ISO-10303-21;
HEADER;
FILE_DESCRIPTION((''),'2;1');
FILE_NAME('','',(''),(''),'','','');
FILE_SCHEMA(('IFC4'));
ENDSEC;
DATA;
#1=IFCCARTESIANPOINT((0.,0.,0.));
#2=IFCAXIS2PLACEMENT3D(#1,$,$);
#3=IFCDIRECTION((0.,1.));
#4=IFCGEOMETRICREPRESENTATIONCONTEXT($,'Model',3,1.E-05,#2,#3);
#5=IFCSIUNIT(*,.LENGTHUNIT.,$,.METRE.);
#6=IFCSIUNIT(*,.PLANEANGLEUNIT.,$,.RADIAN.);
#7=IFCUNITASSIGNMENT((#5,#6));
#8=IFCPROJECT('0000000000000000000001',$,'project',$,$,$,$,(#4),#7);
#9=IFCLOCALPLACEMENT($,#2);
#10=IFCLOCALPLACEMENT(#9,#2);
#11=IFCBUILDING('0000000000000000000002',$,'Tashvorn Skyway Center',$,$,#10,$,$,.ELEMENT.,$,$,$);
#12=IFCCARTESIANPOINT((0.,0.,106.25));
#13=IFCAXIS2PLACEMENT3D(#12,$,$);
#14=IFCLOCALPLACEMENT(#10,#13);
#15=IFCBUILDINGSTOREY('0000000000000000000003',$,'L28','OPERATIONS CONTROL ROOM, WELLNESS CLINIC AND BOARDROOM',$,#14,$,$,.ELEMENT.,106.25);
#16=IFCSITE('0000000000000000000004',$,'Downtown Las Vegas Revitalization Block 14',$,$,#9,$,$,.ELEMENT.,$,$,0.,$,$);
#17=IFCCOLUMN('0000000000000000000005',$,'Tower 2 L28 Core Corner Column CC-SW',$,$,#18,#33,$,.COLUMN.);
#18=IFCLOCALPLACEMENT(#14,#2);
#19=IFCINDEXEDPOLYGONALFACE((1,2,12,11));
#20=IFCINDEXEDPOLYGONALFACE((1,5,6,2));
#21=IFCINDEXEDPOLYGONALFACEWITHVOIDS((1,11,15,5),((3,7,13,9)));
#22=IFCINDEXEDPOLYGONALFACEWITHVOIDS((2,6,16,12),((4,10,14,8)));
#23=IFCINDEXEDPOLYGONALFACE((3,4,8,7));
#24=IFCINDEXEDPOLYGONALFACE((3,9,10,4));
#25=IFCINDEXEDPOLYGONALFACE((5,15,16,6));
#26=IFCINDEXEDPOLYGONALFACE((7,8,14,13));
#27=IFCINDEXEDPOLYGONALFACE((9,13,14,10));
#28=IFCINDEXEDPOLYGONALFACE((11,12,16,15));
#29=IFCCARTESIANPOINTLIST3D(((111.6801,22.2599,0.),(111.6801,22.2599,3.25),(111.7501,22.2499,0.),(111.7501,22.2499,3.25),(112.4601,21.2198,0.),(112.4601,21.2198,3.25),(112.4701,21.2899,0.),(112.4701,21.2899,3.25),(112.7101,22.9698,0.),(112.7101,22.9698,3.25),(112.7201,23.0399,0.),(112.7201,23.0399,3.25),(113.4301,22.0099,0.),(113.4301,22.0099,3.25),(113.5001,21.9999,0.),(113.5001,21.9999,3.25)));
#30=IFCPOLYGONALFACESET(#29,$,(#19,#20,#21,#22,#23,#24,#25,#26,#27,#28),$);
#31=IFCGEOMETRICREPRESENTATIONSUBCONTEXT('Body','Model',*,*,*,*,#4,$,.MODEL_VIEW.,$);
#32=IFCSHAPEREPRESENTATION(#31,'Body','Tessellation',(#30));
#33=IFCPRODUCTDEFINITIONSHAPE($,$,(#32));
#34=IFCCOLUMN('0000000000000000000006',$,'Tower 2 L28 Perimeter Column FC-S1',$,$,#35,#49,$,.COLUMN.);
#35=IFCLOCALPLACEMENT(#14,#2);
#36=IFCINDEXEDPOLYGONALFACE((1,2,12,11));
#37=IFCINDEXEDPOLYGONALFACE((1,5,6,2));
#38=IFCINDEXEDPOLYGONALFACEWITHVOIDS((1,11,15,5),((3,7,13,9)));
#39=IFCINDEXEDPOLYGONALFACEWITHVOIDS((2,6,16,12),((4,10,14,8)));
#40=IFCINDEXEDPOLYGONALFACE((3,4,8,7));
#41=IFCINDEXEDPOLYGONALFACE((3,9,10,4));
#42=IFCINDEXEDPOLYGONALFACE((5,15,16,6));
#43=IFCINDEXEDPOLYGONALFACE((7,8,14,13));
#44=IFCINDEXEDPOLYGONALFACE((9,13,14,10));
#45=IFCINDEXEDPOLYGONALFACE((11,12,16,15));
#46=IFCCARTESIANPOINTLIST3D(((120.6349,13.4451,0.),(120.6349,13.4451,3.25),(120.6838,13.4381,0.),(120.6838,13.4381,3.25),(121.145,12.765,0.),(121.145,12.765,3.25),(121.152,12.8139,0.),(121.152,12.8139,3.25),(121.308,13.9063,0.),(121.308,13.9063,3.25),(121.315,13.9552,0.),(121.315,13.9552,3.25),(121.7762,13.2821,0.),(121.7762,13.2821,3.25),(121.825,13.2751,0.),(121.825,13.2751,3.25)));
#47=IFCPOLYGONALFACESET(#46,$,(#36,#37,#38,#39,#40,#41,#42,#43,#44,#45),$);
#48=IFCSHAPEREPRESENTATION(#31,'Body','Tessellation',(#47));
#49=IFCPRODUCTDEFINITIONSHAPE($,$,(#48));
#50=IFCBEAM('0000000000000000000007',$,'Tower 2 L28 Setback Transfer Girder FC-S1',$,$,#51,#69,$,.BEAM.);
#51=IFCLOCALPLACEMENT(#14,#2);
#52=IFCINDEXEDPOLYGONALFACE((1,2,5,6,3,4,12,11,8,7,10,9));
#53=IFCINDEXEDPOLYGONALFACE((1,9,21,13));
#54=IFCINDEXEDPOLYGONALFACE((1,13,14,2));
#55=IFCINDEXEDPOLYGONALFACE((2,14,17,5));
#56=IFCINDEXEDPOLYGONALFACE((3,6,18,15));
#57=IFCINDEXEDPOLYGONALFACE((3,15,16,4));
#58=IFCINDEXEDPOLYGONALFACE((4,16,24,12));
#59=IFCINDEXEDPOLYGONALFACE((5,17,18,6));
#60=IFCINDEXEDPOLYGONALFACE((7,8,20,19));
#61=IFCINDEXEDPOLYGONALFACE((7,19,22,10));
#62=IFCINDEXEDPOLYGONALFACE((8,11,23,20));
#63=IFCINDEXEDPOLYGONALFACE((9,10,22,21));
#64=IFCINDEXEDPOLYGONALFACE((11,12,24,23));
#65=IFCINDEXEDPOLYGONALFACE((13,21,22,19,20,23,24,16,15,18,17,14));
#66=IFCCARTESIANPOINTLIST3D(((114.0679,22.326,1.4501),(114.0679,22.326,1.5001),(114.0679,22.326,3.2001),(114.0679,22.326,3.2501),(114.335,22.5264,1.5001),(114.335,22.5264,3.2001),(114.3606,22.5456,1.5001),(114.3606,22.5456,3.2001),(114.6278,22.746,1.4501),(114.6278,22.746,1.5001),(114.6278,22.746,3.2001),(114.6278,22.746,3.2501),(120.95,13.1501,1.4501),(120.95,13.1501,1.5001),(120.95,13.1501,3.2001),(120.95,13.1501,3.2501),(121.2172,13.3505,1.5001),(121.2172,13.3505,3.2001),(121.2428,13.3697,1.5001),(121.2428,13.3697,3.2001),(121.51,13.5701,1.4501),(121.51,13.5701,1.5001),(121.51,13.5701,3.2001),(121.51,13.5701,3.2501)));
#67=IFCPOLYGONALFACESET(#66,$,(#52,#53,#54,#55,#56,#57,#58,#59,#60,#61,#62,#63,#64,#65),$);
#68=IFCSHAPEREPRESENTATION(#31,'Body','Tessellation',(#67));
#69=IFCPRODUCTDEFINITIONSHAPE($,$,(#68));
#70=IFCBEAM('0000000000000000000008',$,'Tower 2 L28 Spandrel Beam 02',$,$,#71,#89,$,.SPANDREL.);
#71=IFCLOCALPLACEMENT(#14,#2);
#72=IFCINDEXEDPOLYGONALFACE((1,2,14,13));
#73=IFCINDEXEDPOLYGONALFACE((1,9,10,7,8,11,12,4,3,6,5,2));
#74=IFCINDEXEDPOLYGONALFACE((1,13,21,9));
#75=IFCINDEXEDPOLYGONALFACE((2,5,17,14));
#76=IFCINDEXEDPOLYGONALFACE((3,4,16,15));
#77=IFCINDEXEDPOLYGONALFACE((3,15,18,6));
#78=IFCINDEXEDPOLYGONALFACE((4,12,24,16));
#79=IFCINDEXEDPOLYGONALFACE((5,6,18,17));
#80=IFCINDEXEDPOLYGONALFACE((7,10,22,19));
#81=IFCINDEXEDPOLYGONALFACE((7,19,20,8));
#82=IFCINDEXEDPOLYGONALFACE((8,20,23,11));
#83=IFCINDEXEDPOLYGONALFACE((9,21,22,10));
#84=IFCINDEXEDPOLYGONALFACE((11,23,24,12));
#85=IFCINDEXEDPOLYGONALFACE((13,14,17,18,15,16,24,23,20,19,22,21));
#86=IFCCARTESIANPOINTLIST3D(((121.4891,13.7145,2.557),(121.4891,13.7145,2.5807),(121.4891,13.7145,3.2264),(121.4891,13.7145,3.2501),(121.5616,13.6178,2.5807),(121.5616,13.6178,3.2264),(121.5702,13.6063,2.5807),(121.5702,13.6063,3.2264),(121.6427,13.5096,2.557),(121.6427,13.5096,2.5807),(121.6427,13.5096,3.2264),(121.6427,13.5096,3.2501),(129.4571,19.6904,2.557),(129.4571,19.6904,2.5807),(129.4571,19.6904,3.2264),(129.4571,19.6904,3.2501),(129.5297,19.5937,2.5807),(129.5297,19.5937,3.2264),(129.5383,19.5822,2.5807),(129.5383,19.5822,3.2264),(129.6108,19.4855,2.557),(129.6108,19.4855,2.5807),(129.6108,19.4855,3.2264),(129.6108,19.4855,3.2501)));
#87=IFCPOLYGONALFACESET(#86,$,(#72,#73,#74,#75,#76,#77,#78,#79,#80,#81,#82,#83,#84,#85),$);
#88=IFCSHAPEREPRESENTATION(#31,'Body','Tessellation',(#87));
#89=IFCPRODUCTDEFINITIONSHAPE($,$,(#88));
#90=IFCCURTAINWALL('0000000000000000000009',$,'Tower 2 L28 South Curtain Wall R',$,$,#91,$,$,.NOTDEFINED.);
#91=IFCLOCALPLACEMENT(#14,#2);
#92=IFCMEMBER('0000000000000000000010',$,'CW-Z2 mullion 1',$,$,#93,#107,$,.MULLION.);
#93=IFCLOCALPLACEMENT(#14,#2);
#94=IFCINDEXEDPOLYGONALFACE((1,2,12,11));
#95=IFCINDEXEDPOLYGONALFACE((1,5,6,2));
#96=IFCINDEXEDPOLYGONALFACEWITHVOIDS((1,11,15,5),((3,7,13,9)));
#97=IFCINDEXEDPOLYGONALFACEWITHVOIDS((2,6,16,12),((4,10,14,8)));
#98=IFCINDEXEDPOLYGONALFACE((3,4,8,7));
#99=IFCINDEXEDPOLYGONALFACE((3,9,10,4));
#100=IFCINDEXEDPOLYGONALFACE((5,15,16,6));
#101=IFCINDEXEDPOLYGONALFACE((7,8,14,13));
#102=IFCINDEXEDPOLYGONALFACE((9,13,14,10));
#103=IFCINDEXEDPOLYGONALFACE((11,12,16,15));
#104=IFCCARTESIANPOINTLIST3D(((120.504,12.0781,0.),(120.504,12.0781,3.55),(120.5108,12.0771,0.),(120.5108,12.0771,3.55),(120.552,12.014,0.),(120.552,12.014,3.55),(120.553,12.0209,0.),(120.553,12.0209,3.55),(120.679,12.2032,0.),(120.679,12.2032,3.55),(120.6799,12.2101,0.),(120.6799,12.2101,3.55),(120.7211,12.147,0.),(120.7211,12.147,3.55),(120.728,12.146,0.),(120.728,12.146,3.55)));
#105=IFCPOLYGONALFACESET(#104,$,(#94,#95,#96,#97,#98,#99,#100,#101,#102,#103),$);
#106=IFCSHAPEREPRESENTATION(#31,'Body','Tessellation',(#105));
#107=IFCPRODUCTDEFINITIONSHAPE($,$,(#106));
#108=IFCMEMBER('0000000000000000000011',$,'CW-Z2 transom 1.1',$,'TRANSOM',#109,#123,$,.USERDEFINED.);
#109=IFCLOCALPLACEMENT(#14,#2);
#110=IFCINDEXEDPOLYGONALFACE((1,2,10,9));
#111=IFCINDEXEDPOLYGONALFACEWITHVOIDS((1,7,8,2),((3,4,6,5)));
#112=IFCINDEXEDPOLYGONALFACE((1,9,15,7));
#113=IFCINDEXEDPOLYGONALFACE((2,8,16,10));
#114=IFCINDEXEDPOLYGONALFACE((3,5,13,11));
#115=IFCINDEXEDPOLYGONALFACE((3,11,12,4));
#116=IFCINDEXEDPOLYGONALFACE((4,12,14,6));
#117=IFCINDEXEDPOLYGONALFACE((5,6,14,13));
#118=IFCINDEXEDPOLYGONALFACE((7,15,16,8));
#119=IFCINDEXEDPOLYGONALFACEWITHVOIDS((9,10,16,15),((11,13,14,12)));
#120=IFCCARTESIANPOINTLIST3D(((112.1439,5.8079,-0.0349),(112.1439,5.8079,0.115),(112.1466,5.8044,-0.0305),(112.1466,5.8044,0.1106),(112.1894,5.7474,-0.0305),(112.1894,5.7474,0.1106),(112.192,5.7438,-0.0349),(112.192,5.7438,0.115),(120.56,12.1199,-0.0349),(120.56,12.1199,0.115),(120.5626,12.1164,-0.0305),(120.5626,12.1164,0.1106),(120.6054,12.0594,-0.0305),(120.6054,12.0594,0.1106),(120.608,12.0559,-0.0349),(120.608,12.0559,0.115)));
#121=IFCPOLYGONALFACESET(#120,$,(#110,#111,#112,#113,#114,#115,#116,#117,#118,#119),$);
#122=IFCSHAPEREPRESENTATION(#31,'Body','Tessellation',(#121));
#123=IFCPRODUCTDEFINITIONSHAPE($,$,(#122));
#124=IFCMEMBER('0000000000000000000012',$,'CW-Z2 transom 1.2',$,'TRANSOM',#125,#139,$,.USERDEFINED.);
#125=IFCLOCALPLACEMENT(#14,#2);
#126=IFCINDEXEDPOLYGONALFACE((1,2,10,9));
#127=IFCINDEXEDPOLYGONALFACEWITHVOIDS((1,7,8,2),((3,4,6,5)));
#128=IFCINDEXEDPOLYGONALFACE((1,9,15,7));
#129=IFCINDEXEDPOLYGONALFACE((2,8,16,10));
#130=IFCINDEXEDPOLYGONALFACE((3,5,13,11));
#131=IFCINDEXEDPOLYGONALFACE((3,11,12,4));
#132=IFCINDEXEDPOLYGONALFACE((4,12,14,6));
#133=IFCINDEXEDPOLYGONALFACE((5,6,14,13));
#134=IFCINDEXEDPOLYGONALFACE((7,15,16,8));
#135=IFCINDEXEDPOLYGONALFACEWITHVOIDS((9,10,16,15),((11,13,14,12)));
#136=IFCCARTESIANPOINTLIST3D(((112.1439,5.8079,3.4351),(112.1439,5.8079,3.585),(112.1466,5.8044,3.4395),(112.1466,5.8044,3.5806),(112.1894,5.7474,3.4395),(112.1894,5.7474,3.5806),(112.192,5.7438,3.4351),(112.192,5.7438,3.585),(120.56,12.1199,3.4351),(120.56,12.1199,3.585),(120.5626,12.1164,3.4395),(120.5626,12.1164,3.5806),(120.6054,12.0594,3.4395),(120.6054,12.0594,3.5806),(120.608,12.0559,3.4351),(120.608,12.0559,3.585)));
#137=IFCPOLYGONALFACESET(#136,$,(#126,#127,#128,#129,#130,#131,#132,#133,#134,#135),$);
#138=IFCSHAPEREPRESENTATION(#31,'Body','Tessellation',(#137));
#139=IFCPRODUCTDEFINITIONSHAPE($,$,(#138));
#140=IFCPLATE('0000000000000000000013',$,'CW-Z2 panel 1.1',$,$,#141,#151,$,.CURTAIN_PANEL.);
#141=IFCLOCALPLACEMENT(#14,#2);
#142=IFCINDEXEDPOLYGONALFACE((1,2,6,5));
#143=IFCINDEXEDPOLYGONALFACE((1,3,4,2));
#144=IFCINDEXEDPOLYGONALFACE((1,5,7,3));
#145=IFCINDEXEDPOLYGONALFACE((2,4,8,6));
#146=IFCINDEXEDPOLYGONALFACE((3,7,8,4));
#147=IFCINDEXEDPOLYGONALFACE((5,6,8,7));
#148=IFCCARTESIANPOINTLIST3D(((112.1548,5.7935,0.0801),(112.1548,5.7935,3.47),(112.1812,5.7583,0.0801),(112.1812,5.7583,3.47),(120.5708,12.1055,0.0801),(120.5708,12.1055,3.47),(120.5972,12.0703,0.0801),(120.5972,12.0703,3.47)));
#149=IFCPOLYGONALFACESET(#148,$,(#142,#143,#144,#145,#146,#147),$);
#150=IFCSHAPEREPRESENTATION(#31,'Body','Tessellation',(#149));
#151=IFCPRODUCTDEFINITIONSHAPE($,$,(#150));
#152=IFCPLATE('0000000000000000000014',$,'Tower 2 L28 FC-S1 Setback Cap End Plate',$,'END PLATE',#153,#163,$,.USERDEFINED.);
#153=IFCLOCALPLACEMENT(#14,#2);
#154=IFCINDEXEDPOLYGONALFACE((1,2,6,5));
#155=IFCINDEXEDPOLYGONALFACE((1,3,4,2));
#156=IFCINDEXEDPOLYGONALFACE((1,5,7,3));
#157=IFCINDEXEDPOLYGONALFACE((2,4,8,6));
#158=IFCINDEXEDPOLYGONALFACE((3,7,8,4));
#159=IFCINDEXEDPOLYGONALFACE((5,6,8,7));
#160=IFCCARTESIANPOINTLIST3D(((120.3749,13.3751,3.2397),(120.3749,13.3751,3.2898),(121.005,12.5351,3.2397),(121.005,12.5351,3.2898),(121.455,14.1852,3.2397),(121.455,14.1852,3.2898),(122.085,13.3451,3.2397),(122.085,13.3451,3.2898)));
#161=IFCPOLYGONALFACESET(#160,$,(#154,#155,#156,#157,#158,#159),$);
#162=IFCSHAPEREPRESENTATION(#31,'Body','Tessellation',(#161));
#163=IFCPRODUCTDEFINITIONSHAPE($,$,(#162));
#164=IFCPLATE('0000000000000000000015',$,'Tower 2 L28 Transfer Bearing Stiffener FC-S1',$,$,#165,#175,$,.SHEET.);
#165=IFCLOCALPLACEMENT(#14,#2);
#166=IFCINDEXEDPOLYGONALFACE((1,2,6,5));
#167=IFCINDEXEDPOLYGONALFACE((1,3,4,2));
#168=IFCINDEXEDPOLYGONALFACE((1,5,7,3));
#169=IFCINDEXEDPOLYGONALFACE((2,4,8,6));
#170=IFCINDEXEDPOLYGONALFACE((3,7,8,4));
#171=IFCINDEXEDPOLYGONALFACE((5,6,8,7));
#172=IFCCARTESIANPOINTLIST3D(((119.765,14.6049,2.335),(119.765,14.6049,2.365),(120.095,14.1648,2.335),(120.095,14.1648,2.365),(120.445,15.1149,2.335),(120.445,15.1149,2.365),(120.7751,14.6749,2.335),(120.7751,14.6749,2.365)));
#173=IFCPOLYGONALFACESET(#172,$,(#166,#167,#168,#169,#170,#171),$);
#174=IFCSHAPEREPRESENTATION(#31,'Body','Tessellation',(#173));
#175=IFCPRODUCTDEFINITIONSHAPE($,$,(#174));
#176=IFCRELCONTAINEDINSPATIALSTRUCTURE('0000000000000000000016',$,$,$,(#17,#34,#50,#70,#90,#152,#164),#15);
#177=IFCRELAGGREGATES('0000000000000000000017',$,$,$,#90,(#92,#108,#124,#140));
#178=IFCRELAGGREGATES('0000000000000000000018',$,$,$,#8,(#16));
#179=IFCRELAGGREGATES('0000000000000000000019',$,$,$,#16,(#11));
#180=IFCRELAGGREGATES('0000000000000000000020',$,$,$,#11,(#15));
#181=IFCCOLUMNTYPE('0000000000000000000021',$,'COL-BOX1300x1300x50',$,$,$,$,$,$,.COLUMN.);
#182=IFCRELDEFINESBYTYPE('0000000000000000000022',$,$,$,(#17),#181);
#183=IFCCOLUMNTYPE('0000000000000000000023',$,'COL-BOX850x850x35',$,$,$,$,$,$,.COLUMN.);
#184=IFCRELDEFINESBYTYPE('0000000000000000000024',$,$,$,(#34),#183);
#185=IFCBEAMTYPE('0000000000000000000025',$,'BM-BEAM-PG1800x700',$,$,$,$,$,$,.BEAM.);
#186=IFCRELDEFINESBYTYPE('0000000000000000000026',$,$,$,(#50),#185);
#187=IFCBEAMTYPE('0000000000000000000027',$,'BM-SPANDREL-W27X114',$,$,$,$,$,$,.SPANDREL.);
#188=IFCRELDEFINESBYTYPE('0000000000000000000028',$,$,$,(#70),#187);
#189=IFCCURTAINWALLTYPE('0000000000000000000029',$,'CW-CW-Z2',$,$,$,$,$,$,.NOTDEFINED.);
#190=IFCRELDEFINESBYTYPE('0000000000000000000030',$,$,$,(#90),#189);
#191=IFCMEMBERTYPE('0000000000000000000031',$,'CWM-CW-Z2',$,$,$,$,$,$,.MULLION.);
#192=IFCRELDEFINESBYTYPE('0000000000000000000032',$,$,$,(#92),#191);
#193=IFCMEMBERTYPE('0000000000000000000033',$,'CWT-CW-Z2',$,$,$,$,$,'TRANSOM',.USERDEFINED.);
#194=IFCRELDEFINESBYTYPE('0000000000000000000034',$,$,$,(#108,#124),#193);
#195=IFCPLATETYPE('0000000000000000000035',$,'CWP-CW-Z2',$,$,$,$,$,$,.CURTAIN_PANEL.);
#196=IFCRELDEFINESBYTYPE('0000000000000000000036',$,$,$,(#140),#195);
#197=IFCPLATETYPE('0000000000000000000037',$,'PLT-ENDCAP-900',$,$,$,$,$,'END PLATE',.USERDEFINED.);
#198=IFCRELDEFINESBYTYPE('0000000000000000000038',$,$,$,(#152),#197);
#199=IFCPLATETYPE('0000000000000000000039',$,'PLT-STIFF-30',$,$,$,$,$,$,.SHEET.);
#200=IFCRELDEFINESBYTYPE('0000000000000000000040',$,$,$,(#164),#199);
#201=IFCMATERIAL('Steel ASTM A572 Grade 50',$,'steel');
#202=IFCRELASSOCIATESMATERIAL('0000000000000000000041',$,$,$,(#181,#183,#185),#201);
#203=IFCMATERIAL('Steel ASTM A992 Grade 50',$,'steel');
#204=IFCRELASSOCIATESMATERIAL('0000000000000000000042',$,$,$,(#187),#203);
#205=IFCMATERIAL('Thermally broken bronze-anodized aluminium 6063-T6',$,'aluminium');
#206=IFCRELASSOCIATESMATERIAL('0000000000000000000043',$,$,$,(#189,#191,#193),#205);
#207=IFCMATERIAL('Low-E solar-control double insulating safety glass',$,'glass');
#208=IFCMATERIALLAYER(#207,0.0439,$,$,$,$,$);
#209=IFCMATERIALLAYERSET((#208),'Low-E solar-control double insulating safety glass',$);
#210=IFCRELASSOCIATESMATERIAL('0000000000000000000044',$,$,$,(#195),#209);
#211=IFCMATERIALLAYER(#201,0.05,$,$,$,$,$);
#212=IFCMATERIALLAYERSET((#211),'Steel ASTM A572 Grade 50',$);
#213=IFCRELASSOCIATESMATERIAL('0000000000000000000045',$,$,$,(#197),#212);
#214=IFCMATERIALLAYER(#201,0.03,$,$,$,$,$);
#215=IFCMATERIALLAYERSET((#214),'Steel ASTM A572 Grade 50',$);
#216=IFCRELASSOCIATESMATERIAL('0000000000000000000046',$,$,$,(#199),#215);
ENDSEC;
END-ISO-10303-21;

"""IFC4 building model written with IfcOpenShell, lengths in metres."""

from ifc_helpers import new_model, si_unit, direction, frame, origin, origin_2d, place, context, subcontext, project, spatial, rectangle, hollow_rectangle, i_section, extrude, material, layer, layer_set, material_profile, profile_set, type_object, element, aggregate, save


model = new_model("IFC4")

# Units and contexts
model_context = context("Model", 3, precision=1e-05, world=origin(), true_north=direction((0.0, 1.0)))
body_context = subcontext(model_context, "Body", "Model", "MODEL_VIEW")
ifc_project = project(units=[si_unit("LENGTHUNIT", "METRE"), si_unit("PLANEANGLEUNIT", "RADIAN")], contexts=[model_context])

# Site, building, storey
site_placement = place(None, origin())
site = spatial("IfcSite", under=ifc_project, at=site_placement, Name="Downtown Las Vegas Revitalization Block 14", CompositionType="ELEMENT", RefElevation=0.0)
building_placement = place(site_placement, origin())
building = spatial("IfcBuilding", under=site, at=building_placement, Name="Tashvorn Skyway Center", CompositionType="ELEMENT")
storey_placement = place(building_placement, frame((0.0, 0.0, 106.25)))
storey = spatial("IfcBuildingStorey", under=building, at=storey_placement, Name="L28", Description="OPERATIONS CONTROL ROOM, WELLNESS CLINIC AND BOARDROOM", CompositionType="ELEMENT", Elevation=106.25)

# Columns
ifc_material_1 = material(Name="Steel ASTM A572 Grade 50", Category="steel")
ifc_material_profile_1 = material_profile(ifc_material_1, hollow_rectangle(XDim=1.3, YDim=1.3, WallThickness=0.05, at=origin_2d()), Name="BOX1300x1300x50")
ifc_profile_set_1 = profile_set([ifc_material_profile_1], Name="Steel ASTM A572 Grade 50")
column_type_1 = type_object("IfcColumnType", Name="COL-BOX1300x1300x50", PredefinedType="COLUMN", material=ifc_profile_set_1)
column_1_placement = place(storey_placement, frame((112.5901, 22.1299, 0.0), z_axis=(0.0, 0.0, 1.0), x_axis=(0.8, 0.6, 0.0)))
element("IfcColumn", 1, at=column_1_placement, inside=storey, type_object=column_type_1, Name="Tower 2 L28 Core Corner Column CC-SW", PredefinedType="COLUMN", context=body_context, shape_type="SweptSolid", body=[
    extrude(hollow_rectangle(XDim=1.3, YDim=1.3, WallThickness=0.05, at=origin_2d()), origin(), (0.0, 0.0, 1.0), 3.25),
])
ifc_material_profile_2 = material_profile(ifc_material_1, hollow_rectangle(XDim=0.8501, YDim=0.8501, WallThickness=0.0349, at=origin_2d()), Name="BOX850x850x35")
ifc_profile_set_2 = profile_set([ifc_material_profile_2], Name="Steel ASTM A572 Grade 50")
column_type_2 = type_object("IfcColumnType", Name="COL-BOX850x850x35", PredefinedType="COLUMN", material=ifc_profile_set_2)
column_2_placement = place(storey_placement, frame((121.23, 13.3601, 0.0), z_axis=(0.0, 0.0, 1.0), x_axis=(0.8, 0.6, 0.0)))
element("IfcColumn", 2, at=column_2_placement, inside=storey, type_object=column_type_2, Name="Tower 2 L28 Perimeter Column FC-S1", PredefinedType="COLUMN", context=body_context, shape_type="SweptSolid", body=[
    extrude(hollow_rectangle(XDim=0.8501, YDim=0.8501, WallThickness=0.0349, at=origin_2d()), origin(), (0.0, 0.0, 1.0), 3.25),
])

# Beams
ifc_material_profile_3 = material_profile(ifc_material_1, i_section(OverallWidth=0.7, OverallDepth=1.8, WebThickness=0.032, FlangeThickness=0.05, at=origin_2d()), Name="PG1800x700")
ifc_profile_set_3 = profile_set([ifc_material_profile_3], Name="Steel ASTM A572 Grade 50")
beam_type_1 = type_object("IfcBeamType", Name="BM-BEAM-PG1800x700", PredefinedType="BEAM", material=ifc_profile_set_3)
beam_1_placement = place(storey_placement, frame((121.23, 13.3601, 2.3501), z_axis=(-0.600014, 0.79999, 0.0), x_axis=(-0.79999, -0.600014, 0.0)))
element("IfcBeam", 3, at=beam_1_placement, inside=storey, type_object=beam_type_1, Name="Tower 2 L28 Setback Transfer Girder FC-S1", PredefinedType="BEAM", context=body_context, shape_type="SweptSolid", body=[
    extrude(i_section(OverallWidth=0.7, OverallDepth=1.8, WebThickness=0.032, FlangeThickness=0.05, at=origin_2d()), origin(), (0.0, 0.0, 1.0), 11.47),
])
ifc_material_2 = material(Name="Steel ASTM A992 Grade 50", Category="steel")
ifc_material_profile_4 = material_profile(ifc_material_2, i_section(OverallWidth=0.2561, OverallDepth=0.6931, WebThickness=0.0144, FlangeThickness=0.0237, at=origin_2d()), Name="W27X114")
ifc_profile_set_4 = profile_set([ifc_material_profile_4], Name="Steel ASTM A992 Grade 50")
beam_type_2 = type_object("IfcBeamType", Name="BM-SPANDREL-W27X114", PredefinedType="SPANDREL", material=ifc_profile_set_4)
beam_2_placement = place(storey_placement, frame((121.5659, 13.6121, 2.9036), z_axis=(0.800009, 0.599988, 0.0), x_axis=(-0.599988, 0.800009, 0.0)))
element("IfcBeam", 4, at=beam_2_placement, inside=storey, type_object=beam_type_2, Name="Tower 2 L28 Spandrel Beam 02", PredefinedType="SPANDREL", context=body_context, shape_type="SweptSolid", body=[
    extrude(i_section(OverallWidth=0.2561, OverallDepth=0.6931, WebThickness=0.0144, FlangeThickness=0.0237, at=origin_2d()), origin(), (0.0, 0.0, 1.0), 9.96),
])

# Curtain wall, members, plate
ifc_material_3 = material(Name="Thermally broken bronze-anodized aluminium 6063-T6", Category="aluminium")
curtain_wall_type = type_object("IfcCurtainWallType", Name="CW-CW-Z2", PredefinedType="NOTDEFINED", material=ifc_material_3)
curtain_wall_placement = place(storey_placement, origin())
curtain_wall = element("IfcCurtainWall", 5, at=curtain_wall_placement, inside=storey, type_object=curtain_wall_type, Name="Tower 2 L28 South Curtain Wall R", PredefinedType="NOTDEFINED")
ifc_material_profile_5 = material_profile(ifc_material_3, hollow_rectangle(XDim=0.0801, YDim=0.22, WallThickness=0.0049, at=origin_2d()), Name="ALU-MULL-80x220")
ifc_profile_set_5 = profile_set([ifc_material_profile_5], Name="Thermally broken bronze-anodized aluminium 6063-T6")
member_type_1 = type_object("IfcMemberType", Name="CWM-CW-Z2", PredefinedType="MULLION", material=ifc_profile_set_5)
member_1_placement = place(storey_placement, frame((120.616, 12.1121, 0.0), z_axis=(0.0, 0.0, 1.0), x_axis=(0.6, -0.8, 0.0)))
member_1 = element("IfcMember", 6, at=member_1_placement, type_object=member_type_1, Name="CW-Z2 mullion 1", PredefinedType="MULLION", context=body_context, shape_type="SweptSolid", body=[
    extrude(hollow_rectangle(XDim=0.0801, YDim=0.22, WallThickness=0.0049, at=origin_2d()), origin(), (0.0, 0.0, 1.0), 3.55),
])
ifc_material_profile_6 = material_profile(ifc_material_3, hollow_rectangle(XDim=0.0801, YDim=0.1499, WallThickness=0.0044, at=origin_2d()), Name="ALU-TRAN-80x150")
ifc_profile_set_6 = profile_set([ifc_material_profile_6], Name="Thermally broken bronze-anodized aluminium 6063-T6")
member_type_2 = type_object("IfcMemberType", Name="CWT-CW-Z2", ElementType="TRANSOM", PredefinedType="USERDEFINED", material=ifc_profile_set_6)
member_2_placement = place(storey_placement, frame((120.584, 12.0879, 0.04), z_axis=(-0.8, -0.6, 0.0), x_axis=(0.6, -0.8, 0.0)))
member_2 = element("IfcMember", 7, at=member_2_placement, type_object=member_type_2, Name="CW-Z2 transom 1.1", ObjectType="TRANSOM", PredefinedType="USERDEFINED", context=body_context, shape_type="SweptSolid", body=[
    extrude(hollow_rectangle(XDim=0.0801, YDim=0.1499, WallThickness=0.0044, at=origin_2d()), origin(), (0.0, 0.0, 1.0), 10.52),
])
member_3_placement = place(storey_placement, frame((120.584, 12.0879, 3.51), z_axis=(-0.8, -0.6, 0.0), x_axis=(0.6, -0.8, 0.0)))
member_3 = element("IfcMember", 8, at=member_3_placement, type_object=member_type_2, Name="CW-Z2 transom 1.2", ObjectType="TRANSOM", PredefinedType="USERDEFINED", context=body_context, shape_type="SweptSolid", body=[
    extrude(hollow_rectangle(XDim=0.0801, YDim=0.1499, WallThickness=0.0044, at=origin_2d()), origin(), (0.0, 0.0, 1.0), 10.52),
])
ifc_material_4 = material(Name="Low-E solar-control double insulating safety glass", Category="glass")
ifc_layer_1 = layer(ifc_material_4, 0.0439)
ifc_layer_set_1 = layer_set([ifc_layer_1], Name="Low-E solar-control double insulating safety glass")
plate_type_1 = type_object("IfcPlateType", Name="CWP-CW-Z2", PredefinedType="CURTAIN_PANEL", material=ifc_layer_set_1)
plate_1_placement = place(storey_placement, frame((116.376, 8.9319, 0.0801), z_axis=(0.0, 0.0, 1.0), x_axis=(-0.8, -0.6, 0.0)))
plate_1 = element("IfcPlate", 9, at=plate_1_placement, type_object=plate_type_1, Name="CW-Z2 panel 1.1", PredefinedType="CURTAIN_PANEL", context=body_context, shape_type="SweptSolid", body=[
    extrude(rectangle(XDim=10.52, YDim=0.0439, at=origin_2d()), origin(), (0.0, 0.0, 1.0), 3.3899),
])
aggregate(curtain_wall, [member_1, member_2, member_3, plate_1])

# Plates
ifc_layer_2 = layer(ifc_material_1, 0.05)
ifc_layer_set_2 = layer_set([ifc_layer_2], Name="Steel ASTM A572 Grade 50")
plate_type_2 = type_object("IfcPlateType", Name="PLT-ENDCAP-900", ElementType="END PLATE", PredefinedType="USERDEFINED", material=ifc_layer_set_2)
plate_2_placement = place(storey_placement, frame((121.23, 13.3601, 3.2397), z_axis=(0.0, 0.0, 1.0), x_axis=(0.8, 0.6, 0.0)))
element("IfcPlate", 10, at=plate_2_placement, inside=storey, type_object=plate_type_2, Name="Tower 2 L28 FC-S1 Setback Cap End Plate", ObjectType="END PLATE", PredefinedType="USERDEFINED", context=body_context, shape_type="SweptSolid", body=[
    extrude(rectangle(XDim=1.3501, YDim=1.05, at=origin_2d()), origin(), (0.0, 0.0, 1.0), 0.05),
])
ifc_layer_3 = layer(ifc_material_1, 0.03)
ifc_layer_set_3 = layer_set([ifc_layer_3], Name="Steel ASTM A572 Grade 50")
plate_type_3 = type_object("IfcPlateType", Name="PLT-STIFF-30", PredefinedType="SHEET", material=ifc_layer_set_3)
plate_3_placement = place(storey_placement, frame((120.27, 14.6399, 2.335), z_axis=(0.0, 0.0, 1.0), x_axis=(0.8, 0.6, 0.0)))
element("IfcPlate", 11, at=plate_3_placement, inside=storey, type_object=plate_type_3, Name="Tower 2 L28 Transfer Bearing Stiffener FC-S1", PredefinedType="SHEET", context=body_context, shape_type="SweptSolid", body=[
    extrude(rectangle(XDim=0.8501, YDim=0.55, at=origin_2d()), origin(), (0.0, 0.0, 1.0), 0.03),
])

save(model, "model.ifc")
